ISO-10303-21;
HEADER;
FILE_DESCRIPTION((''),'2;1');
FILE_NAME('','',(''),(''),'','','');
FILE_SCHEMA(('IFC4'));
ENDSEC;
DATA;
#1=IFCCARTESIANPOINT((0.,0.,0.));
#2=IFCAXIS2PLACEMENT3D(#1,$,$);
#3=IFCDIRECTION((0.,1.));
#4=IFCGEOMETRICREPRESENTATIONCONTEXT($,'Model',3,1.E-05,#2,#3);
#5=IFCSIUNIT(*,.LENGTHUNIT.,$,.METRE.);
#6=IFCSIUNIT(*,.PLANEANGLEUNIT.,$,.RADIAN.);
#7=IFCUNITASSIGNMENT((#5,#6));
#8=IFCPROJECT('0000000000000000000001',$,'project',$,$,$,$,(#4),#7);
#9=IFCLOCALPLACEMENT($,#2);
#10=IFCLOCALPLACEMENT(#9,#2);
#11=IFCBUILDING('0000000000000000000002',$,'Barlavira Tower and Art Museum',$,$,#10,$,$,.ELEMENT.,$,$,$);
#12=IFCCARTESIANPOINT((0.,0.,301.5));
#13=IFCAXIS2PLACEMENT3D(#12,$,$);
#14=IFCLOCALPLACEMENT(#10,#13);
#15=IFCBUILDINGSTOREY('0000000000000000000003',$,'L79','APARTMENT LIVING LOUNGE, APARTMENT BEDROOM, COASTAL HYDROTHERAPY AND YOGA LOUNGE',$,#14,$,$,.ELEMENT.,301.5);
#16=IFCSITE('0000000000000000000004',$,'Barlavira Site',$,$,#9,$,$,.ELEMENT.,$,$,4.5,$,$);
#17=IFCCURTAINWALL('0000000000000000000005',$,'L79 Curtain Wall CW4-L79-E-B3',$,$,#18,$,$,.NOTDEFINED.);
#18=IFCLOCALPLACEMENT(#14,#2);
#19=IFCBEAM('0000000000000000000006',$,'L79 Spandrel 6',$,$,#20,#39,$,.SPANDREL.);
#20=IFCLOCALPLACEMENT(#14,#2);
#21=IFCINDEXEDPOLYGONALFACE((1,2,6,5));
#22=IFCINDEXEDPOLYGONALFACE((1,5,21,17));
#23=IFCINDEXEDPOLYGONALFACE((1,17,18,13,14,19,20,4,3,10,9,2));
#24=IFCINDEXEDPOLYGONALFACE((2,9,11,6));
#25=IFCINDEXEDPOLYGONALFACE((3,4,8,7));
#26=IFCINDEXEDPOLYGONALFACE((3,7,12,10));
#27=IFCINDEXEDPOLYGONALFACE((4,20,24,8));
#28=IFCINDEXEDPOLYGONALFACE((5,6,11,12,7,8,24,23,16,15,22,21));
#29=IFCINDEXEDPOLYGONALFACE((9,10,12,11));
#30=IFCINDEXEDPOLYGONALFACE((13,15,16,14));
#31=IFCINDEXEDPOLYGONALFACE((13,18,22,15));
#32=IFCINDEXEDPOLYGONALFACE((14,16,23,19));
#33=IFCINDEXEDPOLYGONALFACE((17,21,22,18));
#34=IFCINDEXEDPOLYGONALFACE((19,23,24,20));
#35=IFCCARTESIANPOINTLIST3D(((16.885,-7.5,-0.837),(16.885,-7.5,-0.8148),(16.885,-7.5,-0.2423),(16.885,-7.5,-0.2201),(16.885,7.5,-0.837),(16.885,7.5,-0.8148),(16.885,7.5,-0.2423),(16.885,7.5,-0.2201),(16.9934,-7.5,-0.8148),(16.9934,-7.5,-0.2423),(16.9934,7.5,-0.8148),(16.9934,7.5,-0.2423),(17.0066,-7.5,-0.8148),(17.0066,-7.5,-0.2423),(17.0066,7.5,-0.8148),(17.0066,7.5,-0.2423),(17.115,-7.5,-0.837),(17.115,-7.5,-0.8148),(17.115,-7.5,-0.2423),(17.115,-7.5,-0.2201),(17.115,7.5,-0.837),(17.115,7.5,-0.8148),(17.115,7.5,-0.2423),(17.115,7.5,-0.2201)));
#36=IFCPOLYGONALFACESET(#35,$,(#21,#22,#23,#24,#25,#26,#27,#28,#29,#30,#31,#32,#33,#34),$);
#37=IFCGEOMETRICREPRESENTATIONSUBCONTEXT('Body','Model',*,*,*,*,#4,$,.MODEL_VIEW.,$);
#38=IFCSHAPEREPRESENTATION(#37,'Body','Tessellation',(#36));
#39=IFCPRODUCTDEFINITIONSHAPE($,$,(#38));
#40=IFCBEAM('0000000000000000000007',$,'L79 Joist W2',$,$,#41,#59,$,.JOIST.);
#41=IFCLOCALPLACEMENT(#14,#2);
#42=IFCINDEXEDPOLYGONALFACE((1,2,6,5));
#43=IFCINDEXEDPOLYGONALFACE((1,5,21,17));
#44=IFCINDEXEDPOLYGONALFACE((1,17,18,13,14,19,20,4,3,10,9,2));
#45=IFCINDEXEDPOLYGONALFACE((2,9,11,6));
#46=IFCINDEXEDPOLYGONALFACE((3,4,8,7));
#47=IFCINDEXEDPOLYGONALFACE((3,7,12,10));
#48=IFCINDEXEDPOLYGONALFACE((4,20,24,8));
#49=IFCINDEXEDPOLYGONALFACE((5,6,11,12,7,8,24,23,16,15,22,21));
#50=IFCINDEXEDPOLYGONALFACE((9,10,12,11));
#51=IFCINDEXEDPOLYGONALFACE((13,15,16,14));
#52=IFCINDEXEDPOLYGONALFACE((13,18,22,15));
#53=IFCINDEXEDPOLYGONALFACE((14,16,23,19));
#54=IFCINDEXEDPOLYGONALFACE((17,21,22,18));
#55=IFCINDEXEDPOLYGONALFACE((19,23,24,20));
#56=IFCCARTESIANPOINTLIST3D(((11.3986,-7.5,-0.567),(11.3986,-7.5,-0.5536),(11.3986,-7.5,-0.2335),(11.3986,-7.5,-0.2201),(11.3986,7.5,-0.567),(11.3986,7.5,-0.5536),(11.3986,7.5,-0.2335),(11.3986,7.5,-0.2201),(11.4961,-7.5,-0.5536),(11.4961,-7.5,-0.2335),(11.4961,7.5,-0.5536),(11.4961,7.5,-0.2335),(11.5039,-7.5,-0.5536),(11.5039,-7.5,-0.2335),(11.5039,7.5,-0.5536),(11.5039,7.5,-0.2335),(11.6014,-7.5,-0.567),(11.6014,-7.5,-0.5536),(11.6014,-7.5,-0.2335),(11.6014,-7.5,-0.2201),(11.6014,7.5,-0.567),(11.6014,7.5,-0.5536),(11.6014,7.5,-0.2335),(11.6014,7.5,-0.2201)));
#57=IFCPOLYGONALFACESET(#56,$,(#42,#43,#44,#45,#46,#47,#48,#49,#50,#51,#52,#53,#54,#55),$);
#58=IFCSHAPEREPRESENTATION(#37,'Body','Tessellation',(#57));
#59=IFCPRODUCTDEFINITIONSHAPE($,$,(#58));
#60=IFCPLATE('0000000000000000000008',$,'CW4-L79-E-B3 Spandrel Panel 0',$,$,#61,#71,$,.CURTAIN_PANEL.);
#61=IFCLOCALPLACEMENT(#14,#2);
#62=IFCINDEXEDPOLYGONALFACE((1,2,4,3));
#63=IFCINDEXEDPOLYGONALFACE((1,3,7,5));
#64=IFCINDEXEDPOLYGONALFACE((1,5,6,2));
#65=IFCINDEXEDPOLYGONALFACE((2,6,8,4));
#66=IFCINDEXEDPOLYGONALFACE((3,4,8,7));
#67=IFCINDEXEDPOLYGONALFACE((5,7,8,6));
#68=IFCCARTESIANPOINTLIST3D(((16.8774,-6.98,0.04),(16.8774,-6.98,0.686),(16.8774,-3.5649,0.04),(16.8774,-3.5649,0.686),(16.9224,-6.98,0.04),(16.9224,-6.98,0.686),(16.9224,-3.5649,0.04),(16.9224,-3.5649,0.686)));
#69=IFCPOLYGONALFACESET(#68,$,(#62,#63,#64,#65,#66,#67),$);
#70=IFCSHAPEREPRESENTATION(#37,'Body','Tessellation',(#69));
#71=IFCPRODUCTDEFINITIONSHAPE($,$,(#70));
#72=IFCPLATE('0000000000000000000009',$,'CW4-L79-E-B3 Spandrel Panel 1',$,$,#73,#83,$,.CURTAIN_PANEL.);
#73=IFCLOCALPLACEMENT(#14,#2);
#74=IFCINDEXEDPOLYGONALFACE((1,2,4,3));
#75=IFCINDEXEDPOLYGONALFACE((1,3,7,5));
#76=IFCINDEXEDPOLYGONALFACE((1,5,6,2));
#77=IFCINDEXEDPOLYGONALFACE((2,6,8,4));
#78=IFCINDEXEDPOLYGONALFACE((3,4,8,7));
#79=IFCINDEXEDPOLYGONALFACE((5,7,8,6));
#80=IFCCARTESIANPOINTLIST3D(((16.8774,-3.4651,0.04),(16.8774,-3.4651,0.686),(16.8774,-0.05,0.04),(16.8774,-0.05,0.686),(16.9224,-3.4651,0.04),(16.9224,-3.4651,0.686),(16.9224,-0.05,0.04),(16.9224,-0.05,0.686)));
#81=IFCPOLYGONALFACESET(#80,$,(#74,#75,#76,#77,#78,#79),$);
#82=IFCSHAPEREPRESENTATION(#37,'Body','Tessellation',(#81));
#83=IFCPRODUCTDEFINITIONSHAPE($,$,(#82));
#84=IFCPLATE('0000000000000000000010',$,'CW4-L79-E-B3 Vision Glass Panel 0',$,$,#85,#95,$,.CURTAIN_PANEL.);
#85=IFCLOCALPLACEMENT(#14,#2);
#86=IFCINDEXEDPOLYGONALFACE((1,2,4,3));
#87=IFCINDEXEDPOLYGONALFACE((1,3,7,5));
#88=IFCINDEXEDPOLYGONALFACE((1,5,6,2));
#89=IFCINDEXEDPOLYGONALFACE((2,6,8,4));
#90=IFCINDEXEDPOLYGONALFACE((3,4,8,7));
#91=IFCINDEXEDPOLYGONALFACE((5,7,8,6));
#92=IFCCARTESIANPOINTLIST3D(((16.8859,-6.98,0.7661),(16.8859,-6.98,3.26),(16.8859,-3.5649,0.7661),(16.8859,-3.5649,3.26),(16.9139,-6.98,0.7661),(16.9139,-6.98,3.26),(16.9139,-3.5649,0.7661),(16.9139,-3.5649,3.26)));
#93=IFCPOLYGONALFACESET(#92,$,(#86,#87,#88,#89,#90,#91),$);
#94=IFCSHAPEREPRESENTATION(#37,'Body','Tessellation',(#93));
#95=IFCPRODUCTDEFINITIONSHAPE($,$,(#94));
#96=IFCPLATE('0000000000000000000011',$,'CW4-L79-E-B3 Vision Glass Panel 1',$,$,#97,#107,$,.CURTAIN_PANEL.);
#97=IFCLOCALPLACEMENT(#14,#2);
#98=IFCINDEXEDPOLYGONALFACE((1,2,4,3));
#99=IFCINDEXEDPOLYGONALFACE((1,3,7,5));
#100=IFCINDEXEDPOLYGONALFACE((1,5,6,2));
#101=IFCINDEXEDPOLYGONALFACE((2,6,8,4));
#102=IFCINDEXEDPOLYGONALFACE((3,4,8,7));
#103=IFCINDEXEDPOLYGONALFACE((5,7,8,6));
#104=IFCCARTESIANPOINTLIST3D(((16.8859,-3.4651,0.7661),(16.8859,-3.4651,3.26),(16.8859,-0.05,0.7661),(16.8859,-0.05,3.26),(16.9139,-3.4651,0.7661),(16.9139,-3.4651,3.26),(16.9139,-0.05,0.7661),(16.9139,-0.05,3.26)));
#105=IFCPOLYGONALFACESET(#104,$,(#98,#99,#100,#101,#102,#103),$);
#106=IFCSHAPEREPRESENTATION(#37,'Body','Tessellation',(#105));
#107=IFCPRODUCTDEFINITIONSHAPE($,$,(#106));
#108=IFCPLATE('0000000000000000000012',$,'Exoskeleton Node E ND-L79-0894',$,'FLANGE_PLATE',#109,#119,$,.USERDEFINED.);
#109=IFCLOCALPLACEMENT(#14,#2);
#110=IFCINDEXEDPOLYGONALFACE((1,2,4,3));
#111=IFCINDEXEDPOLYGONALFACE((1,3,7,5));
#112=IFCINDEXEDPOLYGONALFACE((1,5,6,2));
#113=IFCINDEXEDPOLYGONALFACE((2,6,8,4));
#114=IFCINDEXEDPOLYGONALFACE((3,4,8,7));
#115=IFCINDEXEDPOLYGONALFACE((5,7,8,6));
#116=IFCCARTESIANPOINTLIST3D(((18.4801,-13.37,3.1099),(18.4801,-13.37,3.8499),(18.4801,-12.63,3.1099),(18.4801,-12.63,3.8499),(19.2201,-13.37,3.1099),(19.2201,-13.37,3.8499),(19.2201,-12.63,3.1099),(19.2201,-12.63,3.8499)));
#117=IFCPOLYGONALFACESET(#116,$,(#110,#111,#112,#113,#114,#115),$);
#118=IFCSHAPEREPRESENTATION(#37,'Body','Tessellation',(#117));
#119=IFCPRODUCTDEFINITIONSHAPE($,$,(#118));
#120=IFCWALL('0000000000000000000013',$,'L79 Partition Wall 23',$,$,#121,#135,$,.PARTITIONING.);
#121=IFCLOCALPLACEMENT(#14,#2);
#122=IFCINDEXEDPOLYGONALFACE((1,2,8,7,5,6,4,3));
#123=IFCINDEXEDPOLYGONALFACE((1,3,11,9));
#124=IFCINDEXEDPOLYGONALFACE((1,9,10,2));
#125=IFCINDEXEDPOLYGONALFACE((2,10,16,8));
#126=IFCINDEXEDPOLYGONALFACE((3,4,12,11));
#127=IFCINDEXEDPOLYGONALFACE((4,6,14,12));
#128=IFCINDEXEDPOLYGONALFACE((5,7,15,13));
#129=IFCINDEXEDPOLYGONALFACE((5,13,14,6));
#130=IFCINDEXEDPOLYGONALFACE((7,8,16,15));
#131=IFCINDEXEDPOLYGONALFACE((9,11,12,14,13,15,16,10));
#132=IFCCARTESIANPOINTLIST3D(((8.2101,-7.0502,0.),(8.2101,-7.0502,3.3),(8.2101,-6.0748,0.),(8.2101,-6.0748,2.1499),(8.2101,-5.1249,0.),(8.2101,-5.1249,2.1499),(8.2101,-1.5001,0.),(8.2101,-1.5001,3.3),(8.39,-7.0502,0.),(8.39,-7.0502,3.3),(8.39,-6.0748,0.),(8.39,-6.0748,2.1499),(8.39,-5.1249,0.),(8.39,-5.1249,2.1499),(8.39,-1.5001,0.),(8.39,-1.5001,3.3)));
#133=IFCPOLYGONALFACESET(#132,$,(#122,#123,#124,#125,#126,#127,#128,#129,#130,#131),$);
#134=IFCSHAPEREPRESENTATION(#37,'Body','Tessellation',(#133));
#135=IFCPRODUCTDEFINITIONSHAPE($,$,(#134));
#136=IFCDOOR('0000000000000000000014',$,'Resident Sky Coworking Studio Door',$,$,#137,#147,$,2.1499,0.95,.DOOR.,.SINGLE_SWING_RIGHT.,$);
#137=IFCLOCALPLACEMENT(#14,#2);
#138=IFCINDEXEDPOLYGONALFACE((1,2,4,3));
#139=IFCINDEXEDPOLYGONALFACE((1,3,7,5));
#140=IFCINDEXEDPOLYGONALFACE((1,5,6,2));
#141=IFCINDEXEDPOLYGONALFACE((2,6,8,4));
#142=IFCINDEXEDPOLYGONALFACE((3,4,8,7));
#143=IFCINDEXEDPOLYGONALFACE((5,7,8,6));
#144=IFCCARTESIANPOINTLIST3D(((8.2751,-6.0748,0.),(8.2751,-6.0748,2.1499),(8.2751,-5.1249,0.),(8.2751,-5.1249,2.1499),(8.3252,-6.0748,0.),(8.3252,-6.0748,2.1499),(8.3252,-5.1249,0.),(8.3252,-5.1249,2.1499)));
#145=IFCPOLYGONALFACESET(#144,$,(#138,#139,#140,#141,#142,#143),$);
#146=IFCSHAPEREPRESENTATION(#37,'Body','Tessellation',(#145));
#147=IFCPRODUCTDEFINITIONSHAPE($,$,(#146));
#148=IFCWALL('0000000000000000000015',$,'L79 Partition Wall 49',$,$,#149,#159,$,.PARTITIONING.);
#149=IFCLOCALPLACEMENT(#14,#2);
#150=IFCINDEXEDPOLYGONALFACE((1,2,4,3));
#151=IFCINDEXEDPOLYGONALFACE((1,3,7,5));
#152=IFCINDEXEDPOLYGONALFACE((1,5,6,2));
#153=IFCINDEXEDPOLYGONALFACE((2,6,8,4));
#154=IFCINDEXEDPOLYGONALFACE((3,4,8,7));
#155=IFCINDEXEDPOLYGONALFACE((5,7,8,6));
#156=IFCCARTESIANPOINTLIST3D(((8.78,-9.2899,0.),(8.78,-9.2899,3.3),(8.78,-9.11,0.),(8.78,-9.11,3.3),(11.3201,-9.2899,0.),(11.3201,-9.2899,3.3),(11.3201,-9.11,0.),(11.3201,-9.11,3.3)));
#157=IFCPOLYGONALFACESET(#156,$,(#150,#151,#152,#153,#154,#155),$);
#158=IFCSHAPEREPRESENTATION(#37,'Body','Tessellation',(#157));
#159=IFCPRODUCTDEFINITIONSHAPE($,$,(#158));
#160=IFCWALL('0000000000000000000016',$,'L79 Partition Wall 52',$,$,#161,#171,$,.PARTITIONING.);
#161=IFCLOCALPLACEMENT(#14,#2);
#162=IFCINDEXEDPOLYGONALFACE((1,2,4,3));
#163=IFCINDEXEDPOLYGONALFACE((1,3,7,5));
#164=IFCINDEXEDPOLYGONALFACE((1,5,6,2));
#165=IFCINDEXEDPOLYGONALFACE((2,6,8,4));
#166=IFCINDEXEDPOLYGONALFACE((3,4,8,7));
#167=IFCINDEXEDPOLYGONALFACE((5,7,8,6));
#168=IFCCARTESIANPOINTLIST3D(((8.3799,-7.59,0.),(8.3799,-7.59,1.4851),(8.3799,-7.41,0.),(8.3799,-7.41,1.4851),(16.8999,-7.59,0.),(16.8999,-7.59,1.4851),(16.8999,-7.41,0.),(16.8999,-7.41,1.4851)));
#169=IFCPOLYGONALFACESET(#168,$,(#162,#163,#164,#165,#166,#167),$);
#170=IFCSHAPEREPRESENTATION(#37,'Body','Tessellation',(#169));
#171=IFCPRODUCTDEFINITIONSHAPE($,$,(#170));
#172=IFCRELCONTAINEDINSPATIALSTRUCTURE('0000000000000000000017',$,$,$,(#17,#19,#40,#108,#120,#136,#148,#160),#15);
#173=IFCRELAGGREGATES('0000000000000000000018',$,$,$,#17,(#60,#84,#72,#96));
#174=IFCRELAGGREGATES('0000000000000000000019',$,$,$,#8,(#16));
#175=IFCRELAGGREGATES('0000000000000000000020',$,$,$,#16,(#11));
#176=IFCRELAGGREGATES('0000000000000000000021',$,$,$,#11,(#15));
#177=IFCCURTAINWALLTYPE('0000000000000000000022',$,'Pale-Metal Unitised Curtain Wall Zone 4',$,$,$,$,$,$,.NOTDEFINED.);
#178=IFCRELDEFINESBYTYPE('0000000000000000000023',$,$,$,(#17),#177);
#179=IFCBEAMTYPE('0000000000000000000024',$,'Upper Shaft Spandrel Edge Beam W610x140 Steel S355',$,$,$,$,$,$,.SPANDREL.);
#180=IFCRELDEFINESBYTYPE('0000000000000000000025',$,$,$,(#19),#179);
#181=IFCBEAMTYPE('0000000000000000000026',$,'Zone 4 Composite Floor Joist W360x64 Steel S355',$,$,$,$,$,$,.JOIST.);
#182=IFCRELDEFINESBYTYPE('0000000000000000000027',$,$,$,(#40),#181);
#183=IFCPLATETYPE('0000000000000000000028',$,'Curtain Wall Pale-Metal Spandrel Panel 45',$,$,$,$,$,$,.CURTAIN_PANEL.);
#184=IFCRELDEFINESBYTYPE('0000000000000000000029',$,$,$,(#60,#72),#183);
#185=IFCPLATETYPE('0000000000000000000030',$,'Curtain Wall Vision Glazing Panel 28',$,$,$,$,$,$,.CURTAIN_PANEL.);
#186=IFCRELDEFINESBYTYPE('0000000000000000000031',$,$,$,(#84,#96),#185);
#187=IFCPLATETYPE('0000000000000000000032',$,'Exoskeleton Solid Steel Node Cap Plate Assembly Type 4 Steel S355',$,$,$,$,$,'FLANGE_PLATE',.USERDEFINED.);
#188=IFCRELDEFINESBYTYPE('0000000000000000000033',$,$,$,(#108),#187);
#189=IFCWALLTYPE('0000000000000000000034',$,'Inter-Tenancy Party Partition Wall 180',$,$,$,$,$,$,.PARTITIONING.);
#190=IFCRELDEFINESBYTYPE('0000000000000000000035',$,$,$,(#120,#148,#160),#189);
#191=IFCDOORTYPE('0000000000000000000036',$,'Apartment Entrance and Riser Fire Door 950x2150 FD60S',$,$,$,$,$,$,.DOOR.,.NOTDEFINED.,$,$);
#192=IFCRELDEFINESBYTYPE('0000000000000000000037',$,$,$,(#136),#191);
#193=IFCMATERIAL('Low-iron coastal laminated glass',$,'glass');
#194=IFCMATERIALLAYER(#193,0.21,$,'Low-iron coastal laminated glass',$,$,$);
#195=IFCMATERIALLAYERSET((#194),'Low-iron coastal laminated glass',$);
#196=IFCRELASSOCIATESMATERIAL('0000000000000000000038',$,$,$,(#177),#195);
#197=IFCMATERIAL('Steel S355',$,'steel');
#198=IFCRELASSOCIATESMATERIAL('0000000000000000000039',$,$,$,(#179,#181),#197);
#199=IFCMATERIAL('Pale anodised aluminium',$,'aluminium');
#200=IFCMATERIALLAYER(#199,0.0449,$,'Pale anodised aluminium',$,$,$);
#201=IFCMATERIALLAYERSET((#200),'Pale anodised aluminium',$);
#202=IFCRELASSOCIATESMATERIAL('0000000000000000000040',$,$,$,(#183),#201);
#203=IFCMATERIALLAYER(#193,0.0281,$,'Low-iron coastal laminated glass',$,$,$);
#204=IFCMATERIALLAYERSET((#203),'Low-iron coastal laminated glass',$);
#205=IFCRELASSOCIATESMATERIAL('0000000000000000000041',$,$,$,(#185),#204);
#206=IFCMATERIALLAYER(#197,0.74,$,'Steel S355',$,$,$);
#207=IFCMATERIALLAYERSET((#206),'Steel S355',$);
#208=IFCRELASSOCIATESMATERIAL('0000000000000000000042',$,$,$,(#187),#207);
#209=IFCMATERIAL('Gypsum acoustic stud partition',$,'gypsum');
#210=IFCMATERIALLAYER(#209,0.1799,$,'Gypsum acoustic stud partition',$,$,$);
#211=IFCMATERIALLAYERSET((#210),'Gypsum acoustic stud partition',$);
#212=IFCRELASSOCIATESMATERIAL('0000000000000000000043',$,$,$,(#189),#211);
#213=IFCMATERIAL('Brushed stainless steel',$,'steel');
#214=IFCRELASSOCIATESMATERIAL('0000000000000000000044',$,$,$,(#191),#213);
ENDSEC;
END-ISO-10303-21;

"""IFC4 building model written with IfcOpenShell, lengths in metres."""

from ifc_helpers import new_model, si_unit, direction, frame, frame_2d, origin, origin_2d, place, context, subcontext, project, spatial, rectangle, i_section, extrude, material, layer, layer_set, material_profile, profile_set, type_object, element, fill, aggregate, save


model = new_model("IFC4")

# Units and contexts
model_context = context("Model", 3, precision=1e-05, world=origin(), true_north=direction((0.0, 1.0)))
body_context = subcontext(model_context, "Body", "Model", "MODEL_VIEW")
ifc_project = project(units=[si_unit("LENGTHUNIT", "METRE"), si_unit("PLANEANGLEUNIT", "RADIAN")], contexts=[model_context])

# Site, building, storey
site_placement = place(None, origin())
site = spatial("IfcSite", under=ifc_project, at=site_placement, Name="Barlavira Site", CompositionType="ELEMENT", RefElevation=4.5)
building_placement = place(site_placement, origin())
building = spatial("IfcBuilding", under=site, at=building_placement, Name="Barlavira Tower and Art Museum", CompositionType="ELEMENT")
storey_placement = place(building_placement, frame((0.0, 0.0, 301.5)))
storey = spatial("IfcBuildingStorey", under=building, at=storey_placement, Name="L79", Description="APARTMENT LIVING LOUNGE, APARTMENT BEDROOM, COASTAL HYDROTHERAPY AND YOGA LOUNGE", CompositionType="ELEMENT", Elevation=301.5)

# Curtain wall
ifc_material_1 = material(Name="Low-iron coastal laminated glass", Category="glass")
ifc_layer_1 = layer(ifc_material_1, 0.21, Name="Low-iron coastal laminated glass")
ifc_layer_set_1 = layer_set([ifc_layer_1], Name="Low-iron coastal laminated glass")
curtain_wall_type = type_object("IfcCurtainWallType", Name="Pale-Metal Unitised Curtain Wall Zone 4", PredefinedType="NOTDEFINED", material=ifc_layer_set_1)
curtain_wall_placement = place(storey_placement, origin())
curtain_wall = element("IfcCurtainWall", 1, at=curtain_wall_placement, inside=storey, type_object=curtain_wall_type, Name="L79 Curtain Wall CW4-L79-E-B3", PredefinedType="NOTDEFINED")
ifc_material_2 = material(Name="Pale anodised aluminium", Category="aluminium")

# Shared definitions
ifc_material_3 = material(Name="Steel S355", Category="steel")

# Beams
ifc_material_profile_1 = material_profile(ifc_material_3, i_section(OverallWidth=0.23, OverallDepth=0.6169, WebThickness=0.0132, FlangeThickness=0.0222, at=origin_2d()), Name="W610x140.0")
ifc_profile_set_1 = profile_set([ifc_material_profile_1], Name="Steel S355")
beam_type_1 = type_object("IfcBeamType", Name="Upper Shaft Spandrel Edge Beam W610x140 Steel S355", PredefinedType="SPANDREL", material=ifc_profile_set_1)
beam_1_placement = place(storey_placement, frame((17.0, -7.5, -0.5286), z_axis=(0.0, 1.0, 0.0), x_axis=(-1.0, 0.0, 0.0)))
element("IfcBeam", 2, at=beam_1_placement, inside=storey, type_object=beam_type_1, Name="L79 Spandrel 6", PredefinedType="SPANDREL", context=body_context, shape_type="SweptSolid", body=[
    extrude(i_section(OverallWidth=0.23, OverallDepth=0.6169, WebThickness=0.0132, FlangeThickness=0.0222, at=origin_2d()), origin(), (0.0, 0.0, 1.0), 15.0),
])
ifc_material_profile_2 = material_profile(ifc_material_3, i_section(OverallWidth=0.2029, OverallDepth=0.3469, WebThickness=0.0078, FlangeThickness=0.0134, at=origin_2d()), Name="W360x64.0")
ifc_profile_set_2 = profile_set([ifc_material_profile_2], Name="Steel S355")
beam_type_2 = type_object("IfcBeamType", Name="Zone 4 Composite Floor Joist W360x64 Steel S355", PredefinedType="JOIST", material=ifc_profile_set_2)
beam_2_placement = place(storey_placement, frame((11.5, -7.5, -0.3936), z_axis=(0.0, 1.0, 0.0), x_axis=(-1.0, 0.0, 0.0)))
element("IfcBeam", 3, at=beam_2_placement, inside=storey, type_object=beam_type_2, Name="L79 Joist W2", PredefinedType="JOIST", context=body_context, shape_type="SweptSolid", body=[
    extrude(i_section(OverallWidth=0.2029, OverallDepth=0.3469, WebThickness=0.0078, FlangeThickness=0.0134, at=origin_2d()), origin(), (0.0, 0.0, 1.0), 15.0),
])

# Plates
ifc_layer_2 = layer(ifc_material_2, 0.0449, Name="Pale anodised aluminium")
ifc_layer_set_2 = layer_set([ifc_layer_2], Name="Pale anodised aluminium")
plate_type_1 = type_object("IfcPlateType", Name="Curtain Wall Pale-Metal Spandrel Panel 45", PredefinedType="CURTAIN_PANEL", material=ifc_layer_set_2)
plate_1_placement = place(storey_placement, frame((16.8999, -5.2725, 0.04), z_axis=(0.0, 0.0, 1.0), x_axis=(0.0, 1.0, 0.0)))
plate_1 = element("IfcPlate", 4, at=plate_1_placement, type_object=plate_type_1, Name="CW4-L79-E-B3 Spandrel Panel 0", PredefinedType="CURTAIN_PANEL", context=body_context, shape_type="SweptSolid", body=[
    extrude(rectangle(XDim=3.415, YDim=0.0449, at=origin_2d()), origin(), (0.0, 0.0, 1.0), 0.646),
])
plate_2_placement = place(storey_placement, frame((16.8999, -1.7576, 0.04), z_axis=(0.0, 0.0, 1.0), x_axis=(0.0, 1.0, 0.0)))
plate_2 = element("IfcPlate", 5, at=plate_2_placement, type_object=plate_type_1, Name="CW4-L79-E-B3 Spandrel Panel 1", PredefinedType="CURTAIN_PANEL", context=body_context, shape_type="SweptSolid", body=[
    extrude(rectangle(XDim=3.415, YDim=0.0449, at=origin_2d()), origin(), (0.0, 0.0, 1.0), 0.646),
])
ifc_layer_3 = layer(ifc_material_1, 0.0281, Name="Low-iron coastal laminated glass")
ifc_layer_set_3 = layer_set([ifc_layer_3], Name="Low-iron coastal laminated glass")
plate_type_2 = type_object("IfcPlateType", Name="Curtain Wall Vision Glazing Panel 28", PredefinedType="CURTAIN_PANEL", material=ifc_layer_set_3)
plate_3_placement = place(storey_placement, frame((16.8999, -5.2725, 0.7661), z_axis=(0.0, 0.0, 1.0), x_axis=(0.0, 1.0, 0.0)))
plate_3 = element("IfcPlate", 6, at=plate_3_placement, type_object=plate_type_2, Name="CW4-L79-E-B3 Vision Glass Panel 0", PredefinedType="CURTAIN_PANEL", context=body_context, shape_type="SweptSolid", body=[
    extrude(rectangle(XDim=3.415, YDim=0.0281, at=origin_2d()), origin(), (0.0, 0.0, 1.0), 2.4939),
])
plate_4_placement = place(storey_placement, frame((16.8999, -1.7576, 0.7661), z_axis=(0.0, 0.0, 1.0), x_axis=(0.0, 1.0, 0.0)))
plate_4 = element("IfcPlate", 7, at=plate_4_placement, type_object=plate_type_2, Name="CW4-L79-E-B3 Vision Glass Panel 1", PredefinedType="CURTAIN_PANEL", context=body_context, shape_type="SweptSolid", body=[
    extrude(rectangle(XDim=3.415, YDim=0.0281, at=origin_2d()), origin(), (0.0, 0.0, 1.0), 2.4939),
])
aggregate(curtain_wall, [plate_1, plate_3, plate_2, plate_4])
ifc_layer_4 = layer(ifc_material_3, 0.74, Name="Steel S355")
ifc_layer_set_4 = layer_set([ifc_layer_4], Name="Steel S355")
plate_type_3 = type_object("IfcPlateType", Name="Exoskeleton Solid Steel Node Cap Plate Assembly Type 4 Steel S355", ElementType="FLANGE_PLATE", PredefinedType="USERDEFINED", material=ifc_layer_set_4)
plate_5_placement = place(storey_placement, frame((18.8501, -13.0, 3.1099), z_axis=(0.0, 0.0, 1.0), x_axis=(1.0, 0.0, 0.0)))
element("IfcPlate", 8, at=plate_5_placement, inside=storey, type_object=plate_type_3, Name="Exoskeleton Node E ND-L79-0894", ObjectType="FLANGE_PLATE", PredefinedType="USERDEFINED", context=body_context, shape_type="SweptSolid", body=[
    extrude(rectangle(XDim=0.74, YDim=0.74, at=origin_2d()), origin(), (0.0, 0.0, 1.0), 0.74),
])

# Wall, opening, door
ifc_material_4 = material(Name="Gypsum acoustic stud partition", Category="gypsum")
ifc_layer_5 = layer(ifc_material_4, 0.1799, Name="Gypsum acoustic stud partition")
ifc_layer_set_5 = layer_set([ifc_layer_5], Name="Gypsum acoustic stud partition")
wall_type_1 = type_object("IfcWallType", Name="Inter-Tenancy Party Partition Wall 180", PredefinedType="PARTITIONING", material=ifc_layer_set_5)
wall_1_placement = place(storey_placement, frame((8.3, -7.05, 0.0), z_axis=(0.0, 0.0, 1.0), x_axis=(0.0, 1.0, 0.0)))
wall_1 = element("IfcWall", 9, at=wall_1_placement, inside=storey, type_object=wall_type_1, Name="L79 Partition Wall 23", PredefinedType="PARTITIONING", context=body_context, shape_type="SweptSolid", body=[
    extrude(rectangle(XDim=5.55, YDim=0.1799, at=frame_2d((2.7749, 0.0))), origin(), (0.0, 0.0, 1.0), 3.3),
])
opening_1_placement = place(wall_1_placement, frame((0.9751, 0.0, 0.0)))
opening_1 = element("IfcOpeningElement", 10, at=opening_1_placement, cuts=wall_1, PredefinedType="OPENING", context=body_context, shape_type="SweptSolid", body=[
    extrude(rectangle(XDim=0.95, YDim=2.1499, at=frame_2d((0.4751, 1.075))), frame((0.0, 0.1001, 0.0), z_axis=(0.0, -1.0, 0.0), x_axis=(1.0, 0.0, 0.0)), (0.0, 0.0, 1.0), 0.2),
])
ifc_material_5 = material(Name="Brushed stainless steel", Category="steel")
door_type = type_object("IfcDoorType", Name="Apartment Entrance and Riser Fire Door 950x2150 FD60S", OperationType="NOTDEFINED", PredefinedType="DOOR", material=ifc_material_5)
door_placement = place(opening_1_placement, origin())
door = element("IfcDoor", 11, at=door_placement, inside=storey, type_object=door_type, Name="Resident Sky Coworking Studio Door", OperationType="SINGLE_SWING_RIGHT", OverallHeight=2.1499, OverallWidth=0.95, PredefinedType="DOOR", context=body_context, shape_type="SweptSolid", body=[
    extrude(rectangle(XDim=0.95, YDim=2.1499, at=frame_2d((0.4751, 1.075))), frame((0.0, 0.0249, 0.0), z_axis=(0.0, -1.0, 0.0), x_axis=(1.0, 0.0, 0.0)), (0.0, 0.0, 1.0), 0.05),
])
fill(opening_1, door)

# Walls
wall_2_placement = place(storey_placement, frame((8.78, -9.2, 0.0), z_axis=(0.0, 0.0, 1.0), x_axis=(1.0, 0.0, 0.0)))
element("IfcWall", 12, at=wall_2_placement, inside=storey, type_object=wall_type_1, Name="L79 Partition Wall 49", PredefinedType="PARTITIONING", context=body_context, shape_type="SweptSolid", body=[
    extrude(rectangle(XDim=2.54, YDim=0.1799, at=frame_2d((1.27, 0.0))), origin(), (0.0, 0.0, 1.0), 3.3),
])
wall_3_placement = place(storey_placement, frame((8.3799, -7.5, 0.0), z_axis=(0.0, 0.0, 1.0), x_axis=(1.0, 0.0, 0.0)))
element("IfcWall", 13, at=wall_3_placement, inside=storey, type_object=wall_type_1, Name="L79 Partition Wall 52", PredefinedType="PARTITIONING", context=body_context, shape_type="SweptSolid", body=[
    extrude(rectangle(XDim=8.52, YDim=0.1799, at=frame_2d((4.26, 0.0))), origin(), (0.0, 0.0, 1.0), 1.4851),
])

save(model, "model.ifc")
